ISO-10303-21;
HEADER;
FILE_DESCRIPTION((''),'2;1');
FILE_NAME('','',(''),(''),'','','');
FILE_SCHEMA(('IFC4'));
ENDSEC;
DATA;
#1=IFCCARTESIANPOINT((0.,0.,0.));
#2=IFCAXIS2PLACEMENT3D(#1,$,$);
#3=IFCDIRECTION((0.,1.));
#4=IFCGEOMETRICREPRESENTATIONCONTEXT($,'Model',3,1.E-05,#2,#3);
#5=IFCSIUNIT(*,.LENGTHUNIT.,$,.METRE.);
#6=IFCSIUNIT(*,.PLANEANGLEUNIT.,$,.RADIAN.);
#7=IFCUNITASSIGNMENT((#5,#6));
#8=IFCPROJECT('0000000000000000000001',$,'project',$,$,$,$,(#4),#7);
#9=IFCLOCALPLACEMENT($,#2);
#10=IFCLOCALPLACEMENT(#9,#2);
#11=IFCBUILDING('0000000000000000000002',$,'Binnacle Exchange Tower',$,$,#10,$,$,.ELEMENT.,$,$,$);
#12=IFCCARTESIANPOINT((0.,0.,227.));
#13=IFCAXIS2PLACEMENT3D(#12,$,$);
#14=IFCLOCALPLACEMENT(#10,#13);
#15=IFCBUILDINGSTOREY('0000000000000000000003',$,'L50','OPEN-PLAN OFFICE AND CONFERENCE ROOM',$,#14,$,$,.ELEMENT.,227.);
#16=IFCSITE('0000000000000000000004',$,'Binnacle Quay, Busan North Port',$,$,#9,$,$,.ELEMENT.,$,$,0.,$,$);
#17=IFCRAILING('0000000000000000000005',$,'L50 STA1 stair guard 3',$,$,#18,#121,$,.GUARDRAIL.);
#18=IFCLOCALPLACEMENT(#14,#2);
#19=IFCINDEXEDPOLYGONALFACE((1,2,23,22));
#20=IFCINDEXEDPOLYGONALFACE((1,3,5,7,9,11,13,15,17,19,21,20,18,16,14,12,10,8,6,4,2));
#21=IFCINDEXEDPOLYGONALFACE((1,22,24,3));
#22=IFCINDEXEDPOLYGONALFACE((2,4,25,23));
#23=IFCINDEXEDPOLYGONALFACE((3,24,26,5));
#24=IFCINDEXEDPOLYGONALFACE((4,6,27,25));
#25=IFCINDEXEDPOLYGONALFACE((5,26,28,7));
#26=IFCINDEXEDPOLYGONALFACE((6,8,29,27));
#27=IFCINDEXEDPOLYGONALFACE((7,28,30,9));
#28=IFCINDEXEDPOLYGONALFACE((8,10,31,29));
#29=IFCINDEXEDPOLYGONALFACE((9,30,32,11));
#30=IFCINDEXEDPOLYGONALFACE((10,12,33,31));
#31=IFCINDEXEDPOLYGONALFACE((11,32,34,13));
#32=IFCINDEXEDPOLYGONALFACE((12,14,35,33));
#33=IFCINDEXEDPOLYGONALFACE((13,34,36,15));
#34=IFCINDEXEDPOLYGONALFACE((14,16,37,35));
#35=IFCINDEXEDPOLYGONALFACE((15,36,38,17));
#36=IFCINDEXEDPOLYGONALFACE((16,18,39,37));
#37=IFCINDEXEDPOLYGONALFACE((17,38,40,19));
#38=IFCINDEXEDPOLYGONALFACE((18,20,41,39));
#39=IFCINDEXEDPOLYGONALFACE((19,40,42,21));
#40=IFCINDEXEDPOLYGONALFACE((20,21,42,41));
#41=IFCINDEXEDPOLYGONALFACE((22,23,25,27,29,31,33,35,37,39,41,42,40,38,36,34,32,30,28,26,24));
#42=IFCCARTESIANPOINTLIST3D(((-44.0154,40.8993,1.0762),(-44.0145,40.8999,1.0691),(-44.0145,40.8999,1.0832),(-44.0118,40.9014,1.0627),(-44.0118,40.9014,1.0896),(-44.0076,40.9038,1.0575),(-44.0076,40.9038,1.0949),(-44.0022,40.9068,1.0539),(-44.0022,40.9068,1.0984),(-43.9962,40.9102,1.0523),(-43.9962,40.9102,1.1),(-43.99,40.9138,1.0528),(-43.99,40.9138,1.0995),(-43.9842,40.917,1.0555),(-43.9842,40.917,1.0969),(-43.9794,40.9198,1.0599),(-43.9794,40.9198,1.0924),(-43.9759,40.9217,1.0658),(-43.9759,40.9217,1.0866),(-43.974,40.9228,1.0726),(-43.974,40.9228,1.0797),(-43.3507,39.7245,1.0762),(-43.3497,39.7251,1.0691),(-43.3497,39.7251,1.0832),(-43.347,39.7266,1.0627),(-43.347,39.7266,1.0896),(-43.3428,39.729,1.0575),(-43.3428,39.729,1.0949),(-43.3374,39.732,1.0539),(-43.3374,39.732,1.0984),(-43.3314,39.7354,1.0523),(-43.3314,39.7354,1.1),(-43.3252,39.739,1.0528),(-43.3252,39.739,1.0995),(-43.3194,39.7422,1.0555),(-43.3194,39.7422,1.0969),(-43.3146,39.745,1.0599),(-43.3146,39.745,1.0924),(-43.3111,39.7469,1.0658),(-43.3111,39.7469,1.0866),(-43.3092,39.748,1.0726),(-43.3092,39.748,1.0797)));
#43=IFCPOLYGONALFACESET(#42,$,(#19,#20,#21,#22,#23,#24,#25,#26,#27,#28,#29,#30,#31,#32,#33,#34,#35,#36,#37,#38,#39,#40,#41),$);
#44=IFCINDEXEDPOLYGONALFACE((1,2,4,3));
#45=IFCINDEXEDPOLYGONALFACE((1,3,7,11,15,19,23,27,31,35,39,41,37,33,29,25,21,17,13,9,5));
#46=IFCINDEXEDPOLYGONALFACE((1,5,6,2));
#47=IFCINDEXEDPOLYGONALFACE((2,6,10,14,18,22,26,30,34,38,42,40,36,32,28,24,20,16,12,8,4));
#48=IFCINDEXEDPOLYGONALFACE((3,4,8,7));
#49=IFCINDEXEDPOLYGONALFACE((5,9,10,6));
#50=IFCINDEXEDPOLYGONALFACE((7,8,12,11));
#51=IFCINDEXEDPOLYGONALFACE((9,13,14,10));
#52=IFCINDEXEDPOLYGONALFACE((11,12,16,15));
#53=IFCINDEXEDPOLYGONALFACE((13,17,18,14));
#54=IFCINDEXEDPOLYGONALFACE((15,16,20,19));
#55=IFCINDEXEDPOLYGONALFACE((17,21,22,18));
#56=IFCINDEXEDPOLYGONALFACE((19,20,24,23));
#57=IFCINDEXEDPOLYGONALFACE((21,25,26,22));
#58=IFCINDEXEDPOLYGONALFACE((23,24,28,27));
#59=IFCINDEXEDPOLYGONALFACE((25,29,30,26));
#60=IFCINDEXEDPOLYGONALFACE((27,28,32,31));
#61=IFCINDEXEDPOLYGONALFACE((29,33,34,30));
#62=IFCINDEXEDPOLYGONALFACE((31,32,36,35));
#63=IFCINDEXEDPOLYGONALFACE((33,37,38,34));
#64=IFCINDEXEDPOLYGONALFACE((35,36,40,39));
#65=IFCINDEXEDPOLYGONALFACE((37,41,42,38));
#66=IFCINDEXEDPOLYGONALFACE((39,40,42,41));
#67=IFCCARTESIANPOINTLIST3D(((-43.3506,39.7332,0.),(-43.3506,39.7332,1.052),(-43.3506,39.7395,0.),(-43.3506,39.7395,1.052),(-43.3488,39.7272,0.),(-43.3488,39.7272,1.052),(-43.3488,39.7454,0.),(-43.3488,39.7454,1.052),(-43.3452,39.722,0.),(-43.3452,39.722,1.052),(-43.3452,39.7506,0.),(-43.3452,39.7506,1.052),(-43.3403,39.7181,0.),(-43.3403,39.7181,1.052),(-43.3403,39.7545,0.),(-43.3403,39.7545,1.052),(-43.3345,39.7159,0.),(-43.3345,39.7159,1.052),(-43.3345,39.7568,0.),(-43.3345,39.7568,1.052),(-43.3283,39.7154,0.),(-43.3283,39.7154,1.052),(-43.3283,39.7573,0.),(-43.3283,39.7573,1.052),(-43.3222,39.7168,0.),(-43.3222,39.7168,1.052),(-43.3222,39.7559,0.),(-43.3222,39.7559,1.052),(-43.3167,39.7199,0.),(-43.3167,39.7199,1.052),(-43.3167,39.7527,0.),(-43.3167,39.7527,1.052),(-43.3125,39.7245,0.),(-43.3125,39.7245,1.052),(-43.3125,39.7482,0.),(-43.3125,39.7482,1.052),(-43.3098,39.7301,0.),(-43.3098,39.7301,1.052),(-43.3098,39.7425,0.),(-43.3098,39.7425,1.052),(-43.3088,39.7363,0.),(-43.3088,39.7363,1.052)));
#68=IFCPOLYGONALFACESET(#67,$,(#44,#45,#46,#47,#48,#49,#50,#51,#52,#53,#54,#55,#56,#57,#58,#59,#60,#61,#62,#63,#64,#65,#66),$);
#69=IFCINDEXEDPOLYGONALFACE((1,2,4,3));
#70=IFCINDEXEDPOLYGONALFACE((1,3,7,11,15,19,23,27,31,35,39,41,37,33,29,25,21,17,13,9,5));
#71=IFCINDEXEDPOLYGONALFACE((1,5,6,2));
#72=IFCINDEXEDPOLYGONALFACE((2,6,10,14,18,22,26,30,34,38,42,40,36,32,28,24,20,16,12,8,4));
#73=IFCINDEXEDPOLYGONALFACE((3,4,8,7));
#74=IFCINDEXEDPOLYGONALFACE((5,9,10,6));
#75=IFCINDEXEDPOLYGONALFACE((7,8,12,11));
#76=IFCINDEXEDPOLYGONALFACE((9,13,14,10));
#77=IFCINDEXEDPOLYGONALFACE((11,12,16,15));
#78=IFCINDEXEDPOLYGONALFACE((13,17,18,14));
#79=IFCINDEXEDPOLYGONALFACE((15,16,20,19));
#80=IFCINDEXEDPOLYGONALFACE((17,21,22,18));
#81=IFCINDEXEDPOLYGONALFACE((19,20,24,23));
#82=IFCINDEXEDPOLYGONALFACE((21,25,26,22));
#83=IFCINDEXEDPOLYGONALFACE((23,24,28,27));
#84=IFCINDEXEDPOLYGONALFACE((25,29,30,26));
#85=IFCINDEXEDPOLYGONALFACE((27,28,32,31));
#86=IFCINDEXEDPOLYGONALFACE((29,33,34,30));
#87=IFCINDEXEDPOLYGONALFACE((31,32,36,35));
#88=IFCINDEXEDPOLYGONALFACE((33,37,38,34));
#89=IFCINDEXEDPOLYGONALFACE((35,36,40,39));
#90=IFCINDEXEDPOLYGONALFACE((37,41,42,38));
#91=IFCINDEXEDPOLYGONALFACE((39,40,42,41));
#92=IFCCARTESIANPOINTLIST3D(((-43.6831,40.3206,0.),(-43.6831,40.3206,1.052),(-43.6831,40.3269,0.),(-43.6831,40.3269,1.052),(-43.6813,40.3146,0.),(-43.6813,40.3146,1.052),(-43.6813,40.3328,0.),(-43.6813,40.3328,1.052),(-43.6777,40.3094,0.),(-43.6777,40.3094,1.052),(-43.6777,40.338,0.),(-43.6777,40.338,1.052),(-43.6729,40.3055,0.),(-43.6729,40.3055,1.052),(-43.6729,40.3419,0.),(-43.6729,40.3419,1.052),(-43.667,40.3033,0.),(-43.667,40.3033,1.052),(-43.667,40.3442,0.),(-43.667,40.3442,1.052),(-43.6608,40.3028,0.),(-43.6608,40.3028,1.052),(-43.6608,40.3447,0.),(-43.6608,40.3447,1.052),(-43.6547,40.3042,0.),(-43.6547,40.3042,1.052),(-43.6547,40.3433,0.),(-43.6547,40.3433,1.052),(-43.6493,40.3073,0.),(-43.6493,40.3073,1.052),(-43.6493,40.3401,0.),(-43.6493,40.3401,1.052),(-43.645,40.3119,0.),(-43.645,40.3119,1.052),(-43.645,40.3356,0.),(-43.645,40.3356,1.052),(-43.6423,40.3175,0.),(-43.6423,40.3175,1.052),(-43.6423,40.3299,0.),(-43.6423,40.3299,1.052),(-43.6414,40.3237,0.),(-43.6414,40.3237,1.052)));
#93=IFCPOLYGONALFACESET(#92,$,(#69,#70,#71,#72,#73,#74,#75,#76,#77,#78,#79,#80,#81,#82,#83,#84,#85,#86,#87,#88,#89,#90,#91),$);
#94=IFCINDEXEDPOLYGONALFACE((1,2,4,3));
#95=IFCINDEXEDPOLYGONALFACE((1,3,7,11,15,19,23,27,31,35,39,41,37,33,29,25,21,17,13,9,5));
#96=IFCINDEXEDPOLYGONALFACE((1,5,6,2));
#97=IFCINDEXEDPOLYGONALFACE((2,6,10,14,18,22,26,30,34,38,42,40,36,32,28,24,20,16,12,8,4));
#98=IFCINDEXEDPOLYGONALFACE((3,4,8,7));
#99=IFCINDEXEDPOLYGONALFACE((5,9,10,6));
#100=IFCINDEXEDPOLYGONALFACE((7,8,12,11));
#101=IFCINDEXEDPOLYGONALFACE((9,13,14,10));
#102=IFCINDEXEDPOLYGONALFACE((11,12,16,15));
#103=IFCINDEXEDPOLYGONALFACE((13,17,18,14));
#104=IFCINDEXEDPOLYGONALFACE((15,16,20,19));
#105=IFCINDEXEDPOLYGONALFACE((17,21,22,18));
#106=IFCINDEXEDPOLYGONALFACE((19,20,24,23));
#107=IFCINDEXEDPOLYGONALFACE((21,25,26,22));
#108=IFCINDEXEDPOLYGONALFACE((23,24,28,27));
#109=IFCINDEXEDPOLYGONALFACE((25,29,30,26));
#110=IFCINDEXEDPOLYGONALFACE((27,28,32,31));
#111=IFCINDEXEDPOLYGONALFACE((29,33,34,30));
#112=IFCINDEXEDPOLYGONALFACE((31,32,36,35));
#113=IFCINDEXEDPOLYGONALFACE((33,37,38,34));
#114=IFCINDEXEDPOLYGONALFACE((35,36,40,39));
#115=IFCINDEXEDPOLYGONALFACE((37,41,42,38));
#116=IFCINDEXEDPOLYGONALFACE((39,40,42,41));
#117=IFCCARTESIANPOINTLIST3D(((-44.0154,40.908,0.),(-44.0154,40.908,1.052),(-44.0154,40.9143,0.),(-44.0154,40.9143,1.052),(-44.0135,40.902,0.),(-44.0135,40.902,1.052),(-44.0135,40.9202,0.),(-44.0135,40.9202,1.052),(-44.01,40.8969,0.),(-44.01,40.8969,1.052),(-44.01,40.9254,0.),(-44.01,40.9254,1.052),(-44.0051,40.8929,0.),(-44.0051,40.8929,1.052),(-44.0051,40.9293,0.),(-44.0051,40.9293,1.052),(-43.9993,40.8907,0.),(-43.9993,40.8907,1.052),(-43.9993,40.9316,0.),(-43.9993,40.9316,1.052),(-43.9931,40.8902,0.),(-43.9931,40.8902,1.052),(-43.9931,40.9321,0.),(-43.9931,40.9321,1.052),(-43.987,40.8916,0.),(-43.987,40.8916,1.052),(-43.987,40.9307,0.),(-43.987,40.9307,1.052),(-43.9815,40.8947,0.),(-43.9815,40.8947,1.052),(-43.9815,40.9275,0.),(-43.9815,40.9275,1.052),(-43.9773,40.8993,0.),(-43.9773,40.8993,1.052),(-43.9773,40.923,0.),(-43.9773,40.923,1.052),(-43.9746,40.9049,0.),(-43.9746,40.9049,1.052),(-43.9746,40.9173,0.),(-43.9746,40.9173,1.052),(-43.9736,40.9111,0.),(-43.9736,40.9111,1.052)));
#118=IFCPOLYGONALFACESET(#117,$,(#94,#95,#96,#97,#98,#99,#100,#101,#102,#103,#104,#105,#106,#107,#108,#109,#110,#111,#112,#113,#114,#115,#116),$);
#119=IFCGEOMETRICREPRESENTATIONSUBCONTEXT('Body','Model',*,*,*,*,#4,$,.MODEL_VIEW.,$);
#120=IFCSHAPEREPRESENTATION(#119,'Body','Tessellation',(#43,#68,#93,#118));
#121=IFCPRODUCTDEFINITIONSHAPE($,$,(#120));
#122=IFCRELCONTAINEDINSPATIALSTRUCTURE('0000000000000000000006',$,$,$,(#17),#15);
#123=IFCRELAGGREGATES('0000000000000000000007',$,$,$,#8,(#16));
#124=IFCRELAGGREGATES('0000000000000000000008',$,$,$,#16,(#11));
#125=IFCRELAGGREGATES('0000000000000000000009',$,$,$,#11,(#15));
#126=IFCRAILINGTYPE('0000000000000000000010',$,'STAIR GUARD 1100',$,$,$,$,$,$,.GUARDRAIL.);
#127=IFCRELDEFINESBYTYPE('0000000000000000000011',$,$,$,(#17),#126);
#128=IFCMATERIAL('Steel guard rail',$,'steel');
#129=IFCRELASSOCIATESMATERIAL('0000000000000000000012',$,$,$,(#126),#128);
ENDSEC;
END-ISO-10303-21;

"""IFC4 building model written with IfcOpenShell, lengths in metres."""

from ifc_helpers import new_model, si_unit, direction, frame, origin, origin_2d, place, context, subcontext, project, spatial, circle, extrude, material, type_object, element, save


model = new_model("IFC4")

# Units and contexts
model_context = context("Model", 3, precision=1e-05, world=origin(), true_north=direction((0.0, 1.0)))
body_context = subcontext(model_context, "Body", "Model", "MODEL_VIEW")
ifc_project = project(units=[si_unit("LENGTHUNIT", "METRE"), si_unit("PLANEANGLEUNIT", "RADIAN")], contexts=[model_context])

# Site, building, storey
site_placement = place(None, origin())
site = spatial("IfcSite", under=ifc_project, at=site_placement, Name="Binnacle Quay, Busan North Port", CompositionType="ELEMENT", RefElevation=0.0)
building_placement = place(site_placement, origin())
building = spatial("IfcBuilding", under=site, at=building_placement, Name="Binnacle Exchange Tower", CompositionType="ELEMENT")
storey_placement = place(building_placement, frame((0.0, 0.0, 227.0)))
storey = spatial("IfcBuildingStorey", under=building, at=storey_placement, Name="L50", Description="OPEN-PLAN OFFICE AND CONFERENCE ROOM", CompositionType="ELEMENT", Elevation=227.0)

# Railing
ifc_material_1 = material(Name="Steel guard rail", Category="steel")
railing_type_1 = type_object("IfcRailingType", Name="STAIR GUARD 1100", PredefinedType="GUARDRAIL", material=ifc_material_1)
railing_1_placement = place(storey_placement, frame((-43.3298, 39.7363, 0.0)))
element("IfcRailing", 1, at=railing_1_placement, inside=storey, type_object=railing_type_1, Name="L50 STA1 stair guard 3", PredefinedType="GUARDRAIL", context=body_context, shape_type="SweptSolid", body=[
    extrude(circle(Radius=0.0239, at=origin_2d()), frame((0.0, 0.0, 1.0762), z_axis=(-0.492492, 0.870317, 0.0), x_axis=(-0.870317, -0.492492, 0.0)), (0.0, 0.0, 1.0), 1.3499),
    extrude(circle(Radius=0.021, at=origin_2d()), origin(), (0.0, 0.0, 1.0), 1.052),
    extrude(circle(Radius=0.021, at=origin_2d()), frame((-0.3325, 0.5874, 0.0)), (0.0, 0.0, 1.0), 1.052),
    extrude(circle(Radius=0.021, at=origin_2d()), frame((-0.6648, 1.1748, 0.0)), (0.0, 0.0, 1.0), 1.052),
])

save(model, "model.ifc")
